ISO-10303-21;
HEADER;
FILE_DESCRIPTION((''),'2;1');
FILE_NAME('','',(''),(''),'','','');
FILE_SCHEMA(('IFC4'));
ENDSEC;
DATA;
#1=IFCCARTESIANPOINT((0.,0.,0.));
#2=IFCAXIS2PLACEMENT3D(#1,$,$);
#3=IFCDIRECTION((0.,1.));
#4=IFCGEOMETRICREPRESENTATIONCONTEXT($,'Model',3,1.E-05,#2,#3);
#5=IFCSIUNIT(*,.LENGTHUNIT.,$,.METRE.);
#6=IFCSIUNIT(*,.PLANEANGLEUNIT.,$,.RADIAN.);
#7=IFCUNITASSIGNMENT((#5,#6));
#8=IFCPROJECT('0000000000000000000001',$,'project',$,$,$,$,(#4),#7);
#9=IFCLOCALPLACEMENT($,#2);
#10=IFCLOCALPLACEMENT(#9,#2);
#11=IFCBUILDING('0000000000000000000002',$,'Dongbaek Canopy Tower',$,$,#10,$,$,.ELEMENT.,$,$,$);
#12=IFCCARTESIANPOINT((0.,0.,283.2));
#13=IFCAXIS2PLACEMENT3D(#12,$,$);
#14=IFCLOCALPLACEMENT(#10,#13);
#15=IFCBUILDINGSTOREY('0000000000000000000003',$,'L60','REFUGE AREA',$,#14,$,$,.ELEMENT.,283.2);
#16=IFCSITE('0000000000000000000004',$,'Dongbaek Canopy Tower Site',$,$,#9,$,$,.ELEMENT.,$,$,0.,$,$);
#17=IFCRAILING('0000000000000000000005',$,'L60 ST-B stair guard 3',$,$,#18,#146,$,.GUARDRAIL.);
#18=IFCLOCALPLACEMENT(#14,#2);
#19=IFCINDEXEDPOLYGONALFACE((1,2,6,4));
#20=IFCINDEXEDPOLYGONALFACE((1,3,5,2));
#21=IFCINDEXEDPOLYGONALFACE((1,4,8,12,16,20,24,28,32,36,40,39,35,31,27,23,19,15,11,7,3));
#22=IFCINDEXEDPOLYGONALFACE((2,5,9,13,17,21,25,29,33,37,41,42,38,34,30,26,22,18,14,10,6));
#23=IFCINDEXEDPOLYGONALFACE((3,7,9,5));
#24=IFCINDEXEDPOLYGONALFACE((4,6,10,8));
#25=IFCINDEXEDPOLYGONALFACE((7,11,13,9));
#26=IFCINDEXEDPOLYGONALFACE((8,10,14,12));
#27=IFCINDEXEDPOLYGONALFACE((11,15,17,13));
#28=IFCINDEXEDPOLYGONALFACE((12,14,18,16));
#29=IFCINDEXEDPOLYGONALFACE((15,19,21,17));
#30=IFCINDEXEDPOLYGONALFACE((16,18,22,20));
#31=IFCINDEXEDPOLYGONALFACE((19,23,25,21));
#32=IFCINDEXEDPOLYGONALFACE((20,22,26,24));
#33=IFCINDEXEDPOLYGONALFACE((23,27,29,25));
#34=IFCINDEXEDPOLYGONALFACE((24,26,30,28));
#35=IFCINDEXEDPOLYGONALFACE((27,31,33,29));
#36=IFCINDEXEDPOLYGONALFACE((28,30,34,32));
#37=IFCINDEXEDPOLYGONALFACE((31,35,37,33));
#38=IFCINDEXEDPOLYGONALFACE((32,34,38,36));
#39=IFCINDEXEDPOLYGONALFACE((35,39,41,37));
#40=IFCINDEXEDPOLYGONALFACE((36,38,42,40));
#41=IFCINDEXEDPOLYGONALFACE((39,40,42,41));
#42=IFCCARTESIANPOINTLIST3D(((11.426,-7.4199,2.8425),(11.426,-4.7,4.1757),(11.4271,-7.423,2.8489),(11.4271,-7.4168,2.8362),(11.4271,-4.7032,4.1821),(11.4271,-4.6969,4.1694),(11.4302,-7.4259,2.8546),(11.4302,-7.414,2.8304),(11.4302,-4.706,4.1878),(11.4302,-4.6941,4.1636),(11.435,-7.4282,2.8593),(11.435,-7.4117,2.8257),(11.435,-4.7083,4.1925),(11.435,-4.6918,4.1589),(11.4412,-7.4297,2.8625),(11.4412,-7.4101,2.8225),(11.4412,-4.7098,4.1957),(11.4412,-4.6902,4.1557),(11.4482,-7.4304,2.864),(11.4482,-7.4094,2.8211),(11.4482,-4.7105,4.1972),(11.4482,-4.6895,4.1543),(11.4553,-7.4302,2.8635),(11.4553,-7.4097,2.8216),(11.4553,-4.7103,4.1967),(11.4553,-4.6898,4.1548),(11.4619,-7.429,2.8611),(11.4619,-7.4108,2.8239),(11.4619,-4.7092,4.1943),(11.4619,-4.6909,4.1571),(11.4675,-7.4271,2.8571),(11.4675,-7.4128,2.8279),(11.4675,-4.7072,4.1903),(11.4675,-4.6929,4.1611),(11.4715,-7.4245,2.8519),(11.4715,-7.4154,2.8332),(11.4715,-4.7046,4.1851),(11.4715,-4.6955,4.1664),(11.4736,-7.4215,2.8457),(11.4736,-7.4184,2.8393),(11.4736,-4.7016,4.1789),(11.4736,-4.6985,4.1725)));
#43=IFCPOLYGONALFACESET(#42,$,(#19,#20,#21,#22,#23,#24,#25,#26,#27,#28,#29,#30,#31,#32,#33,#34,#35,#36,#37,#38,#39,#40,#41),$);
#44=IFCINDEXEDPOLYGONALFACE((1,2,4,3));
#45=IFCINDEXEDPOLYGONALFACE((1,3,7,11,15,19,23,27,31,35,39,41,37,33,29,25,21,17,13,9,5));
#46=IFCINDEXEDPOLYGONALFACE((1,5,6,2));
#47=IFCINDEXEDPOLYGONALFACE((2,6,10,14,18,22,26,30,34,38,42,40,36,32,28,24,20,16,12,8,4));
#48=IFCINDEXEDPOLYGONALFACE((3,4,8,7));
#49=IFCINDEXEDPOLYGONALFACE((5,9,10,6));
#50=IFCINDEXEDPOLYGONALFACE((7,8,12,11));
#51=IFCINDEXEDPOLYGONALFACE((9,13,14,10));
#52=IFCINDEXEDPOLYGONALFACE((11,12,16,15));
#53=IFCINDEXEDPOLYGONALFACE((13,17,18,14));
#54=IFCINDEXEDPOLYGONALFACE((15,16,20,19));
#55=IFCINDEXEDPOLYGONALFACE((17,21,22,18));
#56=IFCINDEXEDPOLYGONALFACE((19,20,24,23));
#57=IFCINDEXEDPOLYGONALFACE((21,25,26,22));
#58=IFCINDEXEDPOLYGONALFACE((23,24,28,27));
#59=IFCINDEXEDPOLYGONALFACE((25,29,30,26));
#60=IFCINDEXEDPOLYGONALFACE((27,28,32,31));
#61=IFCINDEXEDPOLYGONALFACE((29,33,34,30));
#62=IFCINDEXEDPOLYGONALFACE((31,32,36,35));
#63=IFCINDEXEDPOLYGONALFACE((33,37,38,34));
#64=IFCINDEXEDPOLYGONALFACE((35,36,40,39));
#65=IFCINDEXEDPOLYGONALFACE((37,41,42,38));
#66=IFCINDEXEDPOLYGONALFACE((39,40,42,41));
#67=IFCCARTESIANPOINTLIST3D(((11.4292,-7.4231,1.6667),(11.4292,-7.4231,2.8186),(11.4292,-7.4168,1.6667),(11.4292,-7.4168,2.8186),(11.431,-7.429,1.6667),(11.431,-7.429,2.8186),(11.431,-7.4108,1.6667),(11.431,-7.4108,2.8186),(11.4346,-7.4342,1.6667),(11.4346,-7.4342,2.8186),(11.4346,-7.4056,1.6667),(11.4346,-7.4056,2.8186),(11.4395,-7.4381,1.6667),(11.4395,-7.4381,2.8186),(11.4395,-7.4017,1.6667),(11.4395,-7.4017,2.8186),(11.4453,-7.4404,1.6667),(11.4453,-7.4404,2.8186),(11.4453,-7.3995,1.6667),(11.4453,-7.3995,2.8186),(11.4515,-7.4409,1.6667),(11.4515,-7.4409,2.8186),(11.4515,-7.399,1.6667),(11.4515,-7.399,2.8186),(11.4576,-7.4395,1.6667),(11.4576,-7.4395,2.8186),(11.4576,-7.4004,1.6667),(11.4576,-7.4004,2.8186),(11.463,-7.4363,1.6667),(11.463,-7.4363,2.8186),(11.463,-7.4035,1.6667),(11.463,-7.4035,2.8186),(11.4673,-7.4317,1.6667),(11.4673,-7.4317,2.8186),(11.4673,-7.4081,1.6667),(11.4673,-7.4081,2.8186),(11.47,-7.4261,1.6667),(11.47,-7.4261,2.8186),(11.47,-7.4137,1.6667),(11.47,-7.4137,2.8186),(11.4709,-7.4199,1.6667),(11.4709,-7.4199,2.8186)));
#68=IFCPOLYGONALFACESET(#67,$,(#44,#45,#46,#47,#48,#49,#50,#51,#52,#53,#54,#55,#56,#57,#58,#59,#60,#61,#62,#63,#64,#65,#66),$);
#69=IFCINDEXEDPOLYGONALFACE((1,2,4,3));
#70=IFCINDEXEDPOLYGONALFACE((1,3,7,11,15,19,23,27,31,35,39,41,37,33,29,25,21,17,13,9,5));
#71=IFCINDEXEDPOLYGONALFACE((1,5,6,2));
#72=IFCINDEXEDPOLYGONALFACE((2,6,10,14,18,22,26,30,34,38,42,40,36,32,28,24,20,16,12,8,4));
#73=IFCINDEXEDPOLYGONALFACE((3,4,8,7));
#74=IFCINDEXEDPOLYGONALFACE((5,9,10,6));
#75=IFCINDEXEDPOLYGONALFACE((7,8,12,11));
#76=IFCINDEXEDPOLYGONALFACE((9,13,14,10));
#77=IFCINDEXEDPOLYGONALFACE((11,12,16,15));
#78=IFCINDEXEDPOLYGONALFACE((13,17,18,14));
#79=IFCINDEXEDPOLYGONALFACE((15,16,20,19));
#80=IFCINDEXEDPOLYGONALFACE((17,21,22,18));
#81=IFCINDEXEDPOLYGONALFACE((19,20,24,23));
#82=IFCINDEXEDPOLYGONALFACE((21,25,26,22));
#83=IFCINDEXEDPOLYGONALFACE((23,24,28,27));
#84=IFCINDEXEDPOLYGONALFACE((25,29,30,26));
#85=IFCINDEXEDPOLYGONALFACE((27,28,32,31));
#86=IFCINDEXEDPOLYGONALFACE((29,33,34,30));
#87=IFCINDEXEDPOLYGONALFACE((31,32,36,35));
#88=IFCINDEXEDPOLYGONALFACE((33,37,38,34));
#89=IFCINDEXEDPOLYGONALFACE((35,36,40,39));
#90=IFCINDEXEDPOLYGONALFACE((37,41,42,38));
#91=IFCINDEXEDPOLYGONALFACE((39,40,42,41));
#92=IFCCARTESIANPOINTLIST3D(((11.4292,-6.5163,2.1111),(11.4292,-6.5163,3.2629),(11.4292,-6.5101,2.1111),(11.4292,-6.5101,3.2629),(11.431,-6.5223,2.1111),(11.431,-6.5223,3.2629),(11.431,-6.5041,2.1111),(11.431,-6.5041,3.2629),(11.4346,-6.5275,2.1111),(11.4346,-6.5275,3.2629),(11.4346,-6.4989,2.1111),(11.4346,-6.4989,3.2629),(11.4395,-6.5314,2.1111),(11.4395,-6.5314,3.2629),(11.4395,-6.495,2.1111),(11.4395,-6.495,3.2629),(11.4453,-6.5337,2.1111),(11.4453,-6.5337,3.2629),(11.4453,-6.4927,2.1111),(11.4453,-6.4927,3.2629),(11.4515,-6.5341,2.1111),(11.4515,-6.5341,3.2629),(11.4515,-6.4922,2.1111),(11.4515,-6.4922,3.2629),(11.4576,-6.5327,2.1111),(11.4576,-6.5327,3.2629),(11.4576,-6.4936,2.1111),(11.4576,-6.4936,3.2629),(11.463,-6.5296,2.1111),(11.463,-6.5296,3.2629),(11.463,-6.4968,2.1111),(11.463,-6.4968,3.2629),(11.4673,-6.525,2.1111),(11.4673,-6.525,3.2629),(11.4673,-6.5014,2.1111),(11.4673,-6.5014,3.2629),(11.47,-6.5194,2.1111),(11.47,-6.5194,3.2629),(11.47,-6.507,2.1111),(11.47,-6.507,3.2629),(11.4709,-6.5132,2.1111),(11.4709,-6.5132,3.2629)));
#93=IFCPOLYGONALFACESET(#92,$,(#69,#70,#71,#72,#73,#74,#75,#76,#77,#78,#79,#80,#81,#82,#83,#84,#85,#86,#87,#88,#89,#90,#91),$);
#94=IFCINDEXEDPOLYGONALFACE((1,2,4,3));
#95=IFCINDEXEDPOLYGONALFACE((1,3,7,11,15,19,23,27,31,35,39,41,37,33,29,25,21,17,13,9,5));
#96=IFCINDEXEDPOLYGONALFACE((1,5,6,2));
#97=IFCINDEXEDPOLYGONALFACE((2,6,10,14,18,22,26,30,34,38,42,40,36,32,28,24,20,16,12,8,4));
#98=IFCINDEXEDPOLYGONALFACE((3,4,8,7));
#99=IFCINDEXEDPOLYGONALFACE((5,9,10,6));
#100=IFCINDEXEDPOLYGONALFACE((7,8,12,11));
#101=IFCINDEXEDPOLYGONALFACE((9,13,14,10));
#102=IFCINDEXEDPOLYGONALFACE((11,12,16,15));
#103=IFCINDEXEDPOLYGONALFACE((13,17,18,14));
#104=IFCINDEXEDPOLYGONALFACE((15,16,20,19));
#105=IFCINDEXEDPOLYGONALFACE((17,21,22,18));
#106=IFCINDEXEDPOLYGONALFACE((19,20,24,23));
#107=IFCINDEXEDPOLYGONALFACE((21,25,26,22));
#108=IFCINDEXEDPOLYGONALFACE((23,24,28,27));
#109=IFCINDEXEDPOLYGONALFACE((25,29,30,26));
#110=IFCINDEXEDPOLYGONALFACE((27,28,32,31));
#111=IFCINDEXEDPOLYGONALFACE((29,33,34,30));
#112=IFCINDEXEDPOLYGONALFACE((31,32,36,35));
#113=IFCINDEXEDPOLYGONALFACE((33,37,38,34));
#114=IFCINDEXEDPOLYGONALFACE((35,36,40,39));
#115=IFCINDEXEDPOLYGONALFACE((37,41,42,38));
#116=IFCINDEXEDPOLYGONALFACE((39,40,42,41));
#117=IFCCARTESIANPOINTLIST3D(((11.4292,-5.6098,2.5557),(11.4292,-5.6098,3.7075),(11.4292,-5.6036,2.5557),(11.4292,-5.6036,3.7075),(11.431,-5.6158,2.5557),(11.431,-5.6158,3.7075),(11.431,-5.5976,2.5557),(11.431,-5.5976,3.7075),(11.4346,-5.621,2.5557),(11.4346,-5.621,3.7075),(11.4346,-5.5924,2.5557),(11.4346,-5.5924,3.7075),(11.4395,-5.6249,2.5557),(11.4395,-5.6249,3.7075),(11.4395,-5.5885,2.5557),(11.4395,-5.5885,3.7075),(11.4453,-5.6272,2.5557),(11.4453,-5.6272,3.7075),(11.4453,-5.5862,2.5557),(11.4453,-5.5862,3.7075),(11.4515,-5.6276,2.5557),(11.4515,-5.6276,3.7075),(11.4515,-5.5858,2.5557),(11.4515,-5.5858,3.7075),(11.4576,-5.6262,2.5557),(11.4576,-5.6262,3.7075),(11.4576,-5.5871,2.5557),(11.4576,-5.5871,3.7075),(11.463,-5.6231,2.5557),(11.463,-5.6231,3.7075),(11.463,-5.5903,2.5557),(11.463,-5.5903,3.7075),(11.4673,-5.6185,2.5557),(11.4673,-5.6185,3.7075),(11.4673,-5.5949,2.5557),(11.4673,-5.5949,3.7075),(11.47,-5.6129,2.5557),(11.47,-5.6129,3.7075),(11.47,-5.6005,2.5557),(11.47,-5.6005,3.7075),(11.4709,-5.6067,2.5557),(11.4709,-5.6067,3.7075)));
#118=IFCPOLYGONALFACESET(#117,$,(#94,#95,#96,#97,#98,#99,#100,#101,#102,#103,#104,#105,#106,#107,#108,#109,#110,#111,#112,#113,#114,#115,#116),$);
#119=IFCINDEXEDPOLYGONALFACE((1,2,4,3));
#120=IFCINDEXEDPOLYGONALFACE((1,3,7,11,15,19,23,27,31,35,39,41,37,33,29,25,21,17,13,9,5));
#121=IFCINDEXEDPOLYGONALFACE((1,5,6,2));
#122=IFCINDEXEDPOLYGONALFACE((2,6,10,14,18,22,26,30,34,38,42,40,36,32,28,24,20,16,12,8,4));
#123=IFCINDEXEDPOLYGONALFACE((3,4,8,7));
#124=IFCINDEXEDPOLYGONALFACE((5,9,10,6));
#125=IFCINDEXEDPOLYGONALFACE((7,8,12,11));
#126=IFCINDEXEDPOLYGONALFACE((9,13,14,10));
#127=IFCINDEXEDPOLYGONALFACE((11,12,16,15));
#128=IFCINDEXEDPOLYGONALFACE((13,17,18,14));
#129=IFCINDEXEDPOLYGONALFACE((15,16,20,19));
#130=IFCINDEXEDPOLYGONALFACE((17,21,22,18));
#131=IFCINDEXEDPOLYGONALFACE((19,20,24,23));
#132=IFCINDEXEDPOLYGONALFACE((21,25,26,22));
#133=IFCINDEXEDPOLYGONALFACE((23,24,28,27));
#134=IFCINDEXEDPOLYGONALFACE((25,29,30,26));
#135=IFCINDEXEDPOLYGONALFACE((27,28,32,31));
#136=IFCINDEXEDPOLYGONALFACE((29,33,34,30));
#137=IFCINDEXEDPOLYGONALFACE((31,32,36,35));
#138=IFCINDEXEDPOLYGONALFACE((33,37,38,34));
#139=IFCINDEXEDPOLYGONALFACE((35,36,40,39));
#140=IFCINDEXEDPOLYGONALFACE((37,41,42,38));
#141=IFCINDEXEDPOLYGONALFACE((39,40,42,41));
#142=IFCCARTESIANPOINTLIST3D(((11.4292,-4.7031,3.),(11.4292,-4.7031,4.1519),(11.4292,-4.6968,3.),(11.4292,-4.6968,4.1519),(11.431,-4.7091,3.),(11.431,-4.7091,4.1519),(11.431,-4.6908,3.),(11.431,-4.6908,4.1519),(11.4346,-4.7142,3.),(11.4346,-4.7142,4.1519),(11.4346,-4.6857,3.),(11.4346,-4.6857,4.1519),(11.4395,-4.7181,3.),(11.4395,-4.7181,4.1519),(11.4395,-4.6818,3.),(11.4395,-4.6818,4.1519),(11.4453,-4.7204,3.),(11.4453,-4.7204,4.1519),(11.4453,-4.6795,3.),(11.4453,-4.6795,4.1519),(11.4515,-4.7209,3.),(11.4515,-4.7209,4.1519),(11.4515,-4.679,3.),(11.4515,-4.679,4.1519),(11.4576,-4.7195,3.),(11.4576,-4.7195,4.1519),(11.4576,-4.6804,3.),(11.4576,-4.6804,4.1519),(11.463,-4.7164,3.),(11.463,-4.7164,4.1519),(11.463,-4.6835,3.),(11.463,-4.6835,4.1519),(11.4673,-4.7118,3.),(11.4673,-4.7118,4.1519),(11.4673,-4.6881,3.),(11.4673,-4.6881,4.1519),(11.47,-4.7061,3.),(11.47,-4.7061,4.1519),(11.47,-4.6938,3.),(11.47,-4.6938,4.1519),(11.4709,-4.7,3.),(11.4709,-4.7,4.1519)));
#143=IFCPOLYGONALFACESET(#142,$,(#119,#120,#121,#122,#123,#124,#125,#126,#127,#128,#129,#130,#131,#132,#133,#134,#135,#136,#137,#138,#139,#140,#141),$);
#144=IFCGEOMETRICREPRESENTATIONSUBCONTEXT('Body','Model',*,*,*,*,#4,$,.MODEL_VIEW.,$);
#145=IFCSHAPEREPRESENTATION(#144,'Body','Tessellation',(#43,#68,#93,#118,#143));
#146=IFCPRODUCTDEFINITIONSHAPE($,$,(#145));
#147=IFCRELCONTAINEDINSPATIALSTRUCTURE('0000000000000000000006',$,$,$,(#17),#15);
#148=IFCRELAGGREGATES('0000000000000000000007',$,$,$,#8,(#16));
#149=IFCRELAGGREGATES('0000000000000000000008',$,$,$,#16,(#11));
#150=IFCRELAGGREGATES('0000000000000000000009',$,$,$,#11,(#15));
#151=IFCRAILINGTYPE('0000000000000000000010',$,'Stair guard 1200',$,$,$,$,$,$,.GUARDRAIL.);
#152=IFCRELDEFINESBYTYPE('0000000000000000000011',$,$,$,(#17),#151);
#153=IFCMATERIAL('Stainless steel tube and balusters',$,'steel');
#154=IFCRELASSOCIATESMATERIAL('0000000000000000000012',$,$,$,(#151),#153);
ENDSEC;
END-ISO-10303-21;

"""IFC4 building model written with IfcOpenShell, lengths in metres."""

from ifc_helpers import new_model, si_unit, direction, frame, origin, origin_2d, place, context, subcontext, project, spatial, circle, extrude, material, type_object, element, save


model = new_model("IFC4")

# Units and contexts
model_context = context("Model", 3, precision=1e-05, world=origin(), true_north=direction((0.0, 1.0)))
body_context = subcontext(model_context, "Body", "Model", "MODEL_VIEW")
ifc_project = project(units=[si_unit("LENGTHUNIT", "METRE"), si_unit("PLANEANGLEUNIT", "RADIAN")], contexts=[model_context])

# Site, building, storey
site_placement = place(None, origin())
site = spatial("IfcSite", under=ifc_project, at=site_placement, Name="Dongbaek Canopy Tower Site", CompositionType="ELEMENT", RefElevation=0.0)
building_placement = place(site_placement, origin())
building = spatial("IfcBuilding", under=site, at=building_placement, Name="Dongbaek Canopy Tower", CompositionType="ELEMENT")
storey_placement = place(building_placement, frame((0.0, 0.0, 283.2)))
storey = spatial("IfcBuildingStorey", under=building, at=storey_placement, Name="L60", Description="REFUGE AREA", CompositionType="ELEMENT", Elevation=283.2)

# Railing
ifc_material_1 = material(Name="Stainless steel tube and balusters", Category="steel")
railing_type = type_object("IfcRailingType", Name="Stair guard 1200", PredefinedType="GUARDRAIL", material=ifc_material_1)
railing_1_placement = place(storey_placement, frame((11.45, -7.4199, 1.6667)))
element("IfcRailing", 1, at=railing_1_placement, inside=storey, type_object=railing_type, Name="L60 ST-B stair guard 3", PredefinedType="GUARDRAIL", context=body_context, shape_type="SweptSolid", body=[
    extrude(circle(Radius=0.0239, at=origin_2d()), frame((0.0, 0.0, 1.1758), z_axis=(0.0, 0.897929, 0.440139), x_axis=(-1.0, 0.0, 0.0)), (0.0, 0.0, 1.0), 3.0291),
    extrude(circle(Radius=0.021, at=origin_2d()), origin(), (0.0, 0.0, 1.0), 1.1519),
    extrude(circle(Radius=0.021, at=origin_2d()), frame((0.0, 0.9067, 0.4443)), (0.0, 0.0, 1.0), 1.1519),
    extrude(circle(Radius=0.021, at=origin_2d()), frame((0.0, 1.8132, 0.8889)), (0.0, 0.0, 1.0), 1.1519),
    extrude(circle(Radius=0.021, at=origin_2d()), frame((0.0, 2.72, 1.3333)), (0.0, 0.0, 1.0), 1.1519),
])

save(model, "model.ifc")
